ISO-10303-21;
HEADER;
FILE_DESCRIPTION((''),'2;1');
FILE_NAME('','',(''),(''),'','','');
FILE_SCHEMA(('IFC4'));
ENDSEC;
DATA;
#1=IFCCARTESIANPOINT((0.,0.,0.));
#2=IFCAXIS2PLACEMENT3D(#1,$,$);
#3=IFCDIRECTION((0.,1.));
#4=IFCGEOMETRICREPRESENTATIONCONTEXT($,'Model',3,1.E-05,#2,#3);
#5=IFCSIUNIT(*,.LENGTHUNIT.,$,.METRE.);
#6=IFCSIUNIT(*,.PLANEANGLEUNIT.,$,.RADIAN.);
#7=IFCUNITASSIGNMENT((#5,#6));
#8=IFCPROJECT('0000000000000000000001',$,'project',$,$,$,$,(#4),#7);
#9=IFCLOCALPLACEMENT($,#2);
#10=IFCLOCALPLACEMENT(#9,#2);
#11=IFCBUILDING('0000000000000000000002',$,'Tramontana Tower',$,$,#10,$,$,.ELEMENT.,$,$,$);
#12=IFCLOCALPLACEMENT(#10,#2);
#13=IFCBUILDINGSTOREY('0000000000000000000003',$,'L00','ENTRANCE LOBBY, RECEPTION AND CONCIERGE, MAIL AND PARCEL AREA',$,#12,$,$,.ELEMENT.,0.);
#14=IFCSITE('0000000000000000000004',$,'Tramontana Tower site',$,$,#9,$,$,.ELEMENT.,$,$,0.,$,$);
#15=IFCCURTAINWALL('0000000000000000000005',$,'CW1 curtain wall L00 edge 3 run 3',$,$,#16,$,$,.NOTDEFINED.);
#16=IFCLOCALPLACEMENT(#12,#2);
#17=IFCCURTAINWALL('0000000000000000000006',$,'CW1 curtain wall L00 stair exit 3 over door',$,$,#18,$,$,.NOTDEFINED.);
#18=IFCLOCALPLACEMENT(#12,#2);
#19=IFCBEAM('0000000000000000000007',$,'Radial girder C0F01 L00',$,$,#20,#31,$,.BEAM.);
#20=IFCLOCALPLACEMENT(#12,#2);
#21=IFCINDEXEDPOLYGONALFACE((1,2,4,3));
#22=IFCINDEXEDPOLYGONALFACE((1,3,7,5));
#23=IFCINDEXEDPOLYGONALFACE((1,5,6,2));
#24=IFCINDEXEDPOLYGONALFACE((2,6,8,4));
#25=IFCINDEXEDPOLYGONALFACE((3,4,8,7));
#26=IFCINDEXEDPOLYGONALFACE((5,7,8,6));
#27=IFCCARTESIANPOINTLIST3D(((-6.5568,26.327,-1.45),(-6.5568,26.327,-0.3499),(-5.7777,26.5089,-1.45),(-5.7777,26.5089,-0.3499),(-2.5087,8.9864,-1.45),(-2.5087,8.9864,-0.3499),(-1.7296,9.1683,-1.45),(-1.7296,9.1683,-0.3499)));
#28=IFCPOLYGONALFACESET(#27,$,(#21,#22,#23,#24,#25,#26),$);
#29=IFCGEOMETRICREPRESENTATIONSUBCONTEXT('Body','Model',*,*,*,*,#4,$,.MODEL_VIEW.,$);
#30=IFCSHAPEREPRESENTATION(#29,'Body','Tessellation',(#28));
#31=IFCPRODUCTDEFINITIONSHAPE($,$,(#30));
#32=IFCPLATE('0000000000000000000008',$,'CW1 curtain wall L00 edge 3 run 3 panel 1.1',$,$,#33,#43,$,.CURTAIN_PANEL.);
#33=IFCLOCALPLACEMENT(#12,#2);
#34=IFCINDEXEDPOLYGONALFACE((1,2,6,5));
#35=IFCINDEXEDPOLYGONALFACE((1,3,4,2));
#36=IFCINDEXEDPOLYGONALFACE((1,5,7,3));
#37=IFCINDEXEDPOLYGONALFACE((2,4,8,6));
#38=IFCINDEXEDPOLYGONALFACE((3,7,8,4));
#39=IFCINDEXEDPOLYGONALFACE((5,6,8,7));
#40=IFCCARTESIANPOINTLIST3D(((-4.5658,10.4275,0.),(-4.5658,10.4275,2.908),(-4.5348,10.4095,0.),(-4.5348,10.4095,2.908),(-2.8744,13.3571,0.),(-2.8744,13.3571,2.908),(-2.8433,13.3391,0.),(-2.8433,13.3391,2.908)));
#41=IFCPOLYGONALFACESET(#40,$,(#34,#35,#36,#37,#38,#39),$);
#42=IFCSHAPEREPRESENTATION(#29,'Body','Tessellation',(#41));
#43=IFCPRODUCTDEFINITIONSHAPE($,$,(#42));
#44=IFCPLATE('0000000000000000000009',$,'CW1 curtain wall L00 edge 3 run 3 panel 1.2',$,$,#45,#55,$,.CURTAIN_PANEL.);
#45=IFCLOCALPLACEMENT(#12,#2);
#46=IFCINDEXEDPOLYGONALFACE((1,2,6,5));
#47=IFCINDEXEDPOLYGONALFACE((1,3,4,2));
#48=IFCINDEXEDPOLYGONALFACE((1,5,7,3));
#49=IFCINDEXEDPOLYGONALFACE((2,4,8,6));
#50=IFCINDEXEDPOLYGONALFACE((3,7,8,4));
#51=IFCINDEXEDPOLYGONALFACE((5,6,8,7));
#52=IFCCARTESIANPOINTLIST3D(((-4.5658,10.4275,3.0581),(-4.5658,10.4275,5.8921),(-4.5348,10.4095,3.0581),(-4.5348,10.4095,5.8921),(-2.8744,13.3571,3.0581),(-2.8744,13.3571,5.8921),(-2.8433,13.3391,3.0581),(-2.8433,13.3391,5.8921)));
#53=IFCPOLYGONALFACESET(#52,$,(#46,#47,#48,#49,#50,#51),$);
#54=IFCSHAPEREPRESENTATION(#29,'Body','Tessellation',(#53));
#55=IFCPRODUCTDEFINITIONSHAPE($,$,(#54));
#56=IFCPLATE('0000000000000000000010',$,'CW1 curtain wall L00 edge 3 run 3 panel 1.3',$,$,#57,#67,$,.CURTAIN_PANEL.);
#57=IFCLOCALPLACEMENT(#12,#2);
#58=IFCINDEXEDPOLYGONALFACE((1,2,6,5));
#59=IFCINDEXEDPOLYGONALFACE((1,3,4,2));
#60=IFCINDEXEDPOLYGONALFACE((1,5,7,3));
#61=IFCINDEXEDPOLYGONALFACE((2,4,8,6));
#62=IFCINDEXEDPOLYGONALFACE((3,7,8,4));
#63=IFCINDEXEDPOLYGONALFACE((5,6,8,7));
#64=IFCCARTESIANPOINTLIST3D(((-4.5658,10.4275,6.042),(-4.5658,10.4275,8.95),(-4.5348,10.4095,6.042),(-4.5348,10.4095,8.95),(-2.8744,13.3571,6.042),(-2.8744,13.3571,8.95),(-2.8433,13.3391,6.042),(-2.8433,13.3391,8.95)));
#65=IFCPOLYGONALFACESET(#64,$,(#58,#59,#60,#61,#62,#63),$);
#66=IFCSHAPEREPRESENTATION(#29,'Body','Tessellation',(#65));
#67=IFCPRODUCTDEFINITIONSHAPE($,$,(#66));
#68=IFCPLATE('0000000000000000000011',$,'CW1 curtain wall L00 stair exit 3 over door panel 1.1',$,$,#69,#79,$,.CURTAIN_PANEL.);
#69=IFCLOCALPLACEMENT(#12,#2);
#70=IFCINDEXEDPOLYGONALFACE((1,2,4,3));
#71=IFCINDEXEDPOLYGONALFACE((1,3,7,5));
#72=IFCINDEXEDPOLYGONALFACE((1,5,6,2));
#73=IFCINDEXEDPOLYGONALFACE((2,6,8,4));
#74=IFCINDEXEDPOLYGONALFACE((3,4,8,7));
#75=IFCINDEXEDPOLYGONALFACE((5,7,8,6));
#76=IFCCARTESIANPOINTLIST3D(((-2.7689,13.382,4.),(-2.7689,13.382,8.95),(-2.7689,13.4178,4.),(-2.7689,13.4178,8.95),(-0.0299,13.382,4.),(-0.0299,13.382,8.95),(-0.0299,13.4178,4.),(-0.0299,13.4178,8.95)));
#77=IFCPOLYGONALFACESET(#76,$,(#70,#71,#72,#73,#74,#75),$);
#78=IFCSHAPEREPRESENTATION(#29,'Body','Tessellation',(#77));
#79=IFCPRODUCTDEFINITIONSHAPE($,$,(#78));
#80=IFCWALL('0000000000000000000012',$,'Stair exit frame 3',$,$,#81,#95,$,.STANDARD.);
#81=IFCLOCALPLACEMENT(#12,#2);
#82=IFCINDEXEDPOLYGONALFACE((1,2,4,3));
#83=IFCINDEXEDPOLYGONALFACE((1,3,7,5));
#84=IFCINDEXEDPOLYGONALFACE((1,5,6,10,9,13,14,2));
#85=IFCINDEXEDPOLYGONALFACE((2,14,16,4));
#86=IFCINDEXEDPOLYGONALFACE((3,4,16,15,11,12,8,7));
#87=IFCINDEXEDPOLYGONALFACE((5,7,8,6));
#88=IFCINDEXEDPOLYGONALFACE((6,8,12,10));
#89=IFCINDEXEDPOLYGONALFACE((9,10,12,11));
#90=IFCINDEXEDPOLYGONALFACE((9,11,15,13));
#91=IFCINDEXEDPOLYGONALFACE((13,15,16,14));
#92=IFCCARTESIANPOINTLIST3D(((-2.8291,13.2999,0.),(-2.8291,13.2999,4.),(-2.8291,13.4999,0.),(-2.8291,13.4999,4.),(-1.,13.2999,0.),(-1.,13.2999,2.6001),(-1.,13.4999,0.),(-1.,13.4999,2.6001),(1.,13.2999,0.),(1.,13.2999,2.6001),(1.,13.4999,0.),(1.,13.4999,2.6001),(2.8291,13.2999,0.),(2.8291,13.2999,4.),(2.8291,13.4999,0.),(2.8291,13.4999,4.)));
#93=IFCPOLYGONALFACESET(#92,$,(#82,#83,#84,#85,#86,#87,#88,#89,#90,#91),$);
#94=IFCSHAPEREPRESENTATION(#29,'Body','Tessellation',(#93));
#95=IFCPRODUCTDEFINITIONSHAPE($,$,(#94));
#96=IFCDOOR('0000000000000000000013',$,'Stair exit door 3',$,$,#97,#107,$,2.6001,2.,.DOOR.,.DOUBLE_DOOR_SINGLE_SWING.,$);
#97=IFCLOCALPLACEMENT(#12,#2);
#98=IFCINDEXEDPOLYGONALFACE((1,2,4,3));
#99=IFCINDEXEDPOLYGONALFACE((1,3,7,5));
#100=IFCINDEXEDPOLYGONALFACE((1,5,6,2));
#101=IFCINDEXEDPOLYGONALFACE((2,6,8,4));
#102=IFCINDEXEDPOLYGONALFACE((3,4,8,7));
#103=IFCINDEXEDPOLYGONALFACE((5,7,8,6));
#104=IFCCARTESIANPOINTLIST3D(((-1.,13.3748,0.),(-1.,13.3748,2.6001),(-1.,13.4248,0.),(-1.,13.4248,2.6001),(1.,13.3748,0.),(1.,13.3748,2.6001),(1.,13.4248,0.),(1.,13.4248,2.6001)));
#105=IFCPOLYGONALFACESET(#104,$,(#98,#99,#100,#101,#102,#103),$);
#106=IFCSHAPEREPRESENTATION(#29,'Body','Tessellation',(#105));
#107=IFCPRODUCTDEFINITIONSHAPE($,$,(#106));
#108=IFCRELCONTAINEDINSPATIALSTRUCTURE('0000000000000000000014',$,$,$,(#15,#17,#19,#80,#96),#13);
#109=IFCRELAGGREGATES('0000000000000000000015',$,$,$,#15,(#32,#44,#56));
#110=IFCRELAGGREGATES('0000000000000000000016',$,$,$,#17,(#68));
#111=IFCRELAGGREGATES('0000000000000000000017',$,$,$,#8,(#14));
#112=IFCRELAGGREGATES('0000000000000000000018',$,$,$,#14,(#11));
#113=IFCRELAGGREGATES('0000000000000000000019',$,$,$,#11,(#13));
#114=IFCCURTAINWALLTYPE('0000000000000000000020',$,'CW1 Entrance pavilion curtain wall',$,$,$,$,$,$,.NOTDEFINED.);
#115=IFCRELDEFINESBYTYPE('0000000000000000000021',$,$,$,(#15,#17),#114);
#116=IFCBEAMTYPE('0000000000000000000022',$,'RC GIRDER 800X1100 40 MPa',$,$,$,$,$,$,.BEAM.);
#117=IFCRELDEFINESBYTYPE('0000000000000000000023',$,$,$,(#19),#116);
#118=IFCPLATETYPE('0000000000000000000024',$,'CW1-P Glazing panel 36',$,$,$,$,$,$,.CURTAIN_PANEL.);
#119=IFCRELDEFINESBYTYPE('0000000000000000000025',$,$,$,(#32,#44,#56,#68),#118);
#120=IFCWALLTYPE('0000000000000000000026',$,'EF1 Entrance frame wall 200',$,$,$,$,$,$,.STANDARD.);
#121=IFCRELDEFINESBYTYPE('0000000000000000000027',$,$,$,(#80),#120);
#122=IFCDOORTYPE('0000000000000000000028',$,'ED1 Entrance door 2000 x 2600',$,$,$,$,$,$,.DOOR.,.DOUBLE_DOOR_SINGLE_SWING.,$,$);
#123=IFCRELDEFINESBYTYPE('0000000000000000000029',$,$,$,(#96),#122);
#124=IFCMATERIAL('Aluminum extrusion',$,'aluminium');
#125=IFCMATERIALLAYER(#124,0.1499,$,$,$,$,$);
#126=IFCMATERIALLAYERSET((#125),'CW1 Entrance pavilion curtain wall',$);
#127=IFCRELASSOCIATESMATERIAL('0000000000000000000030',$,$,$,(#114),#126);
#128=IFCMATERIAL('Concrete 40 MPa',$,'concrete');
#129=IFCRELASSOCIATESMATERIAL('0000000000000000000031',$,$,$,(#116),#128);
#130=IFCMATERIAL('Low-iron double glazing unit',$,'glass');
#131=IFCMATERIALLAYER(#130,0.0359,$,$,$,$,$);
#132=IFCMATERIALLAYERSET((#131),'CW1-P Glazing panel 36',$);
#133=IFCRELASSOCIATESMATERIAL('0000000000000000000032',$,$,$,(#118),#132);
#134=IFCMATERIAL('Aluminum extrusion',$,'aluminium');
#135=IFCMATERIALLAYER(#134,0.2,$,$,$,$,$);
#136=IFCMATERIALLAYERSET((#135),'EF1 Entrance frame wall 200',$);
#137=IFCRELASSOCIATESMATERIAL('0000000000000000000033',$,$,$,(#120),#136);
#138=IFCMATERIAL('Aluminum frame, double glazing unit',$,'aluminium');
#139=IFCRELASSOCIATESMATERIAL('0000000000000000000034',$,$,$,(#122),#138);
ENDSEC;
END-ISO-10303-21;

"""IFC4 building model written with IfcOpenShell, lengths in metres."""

from ifc_helpers import new_model, si_unit, direction, frame, frame_2d, origin, origin_2d, place, context, subcontext, project, spatial, rectangle, extrude, material, layer, layer_set, material_profile, profile_set, type_object, element, fill, aggregate, save


model = new_model("IFC4")

# Units and contexts
model_context = context("Model", 3, precision=1e-05, world=origin(), true_north=direction((0.0, 1.0)))
body_context = subcontext(model_context, "Body", "Model", "MODEL_VIEW")
ifc_project = project(units=[si_unit("LENGTHUNIT", "METRE"), si_unit("PLANEANGLEUNIT", "RADIAN")], contexts=[model_context])

# Site, building, storey
site_placement = place(None, origin())
site = spatial("IfcSite", under=ifc_project, at=site_placement, Name="Tramontana Tower site", CompositionType="ELEMENT", RefElevation=0.0)
building_placement = place(site_placement, origin())
building = spatial("IfcBuilding", under=site, at=building_placement, Name="Tramontana Tower", CompositionType="ELEMENT")
storey_placement = place(building_placement, origin())
storey = spatial("IfcBuildingStorey", under=building, at=storey_placement, Name="L00", Description="ENTRANCE LOBBY, RECEPTION AND CONCIERGE, MAIL AND PARCEL AREA", CompositionType="ELEMENT", Elevation=0.0)

# Curtain wall
ifc_material_1 = material(Name="Aluminum extrusion", Category="aluminium")
ifc_layer_1 = layer(ifc_material_1, 0.1499)
ifc_layer_set_1 = layer_set([ifc_layer_1], Name="CW1 Entrance pavilion curtain wall")
curtain_wall_type = type_object("IfcCurtainWallType", Name="CW1 Entrance pavilion curtain wall", PredefinedType="NOTDEFINED", material=ifc_layer_set_1)
curtain_wall_1_placement = place(storey_placement, origin())
curtain_wall_1 = element("IfcCurtainWall", 1, at=curtain_wall_1_placement, inside=storey, type_object=curtain_wall_type, Name="CW1 curtain wall L00 edge 3 run 3", PredefinedType="NOTDEFINED")

# Curtain wall
curtain_wall_2_placement = place(storey_placement, origin())
curtain_wall_2 = element("IfcCurtainWall", 2, at=curtain_wall_2_placement, inside=storey, type_object=curtain_wall_type, Name="CW1 curtain wall L00 stair exit 3 over door", PredefinedType="NOTDEFINED")

# Beam
ifc_material_2 = material(Name="Concrete 40 MPa", Category="concrete")
ifc_material_profile_1 = material_profile(ifc_material_2, rectangle(XDim=0.8, YDim=1.1001, at=origin_2d()), Name="RC GIRDER 800X1100 40 MPa")
ifc_profile_set_1 = profile_set([ifc_material_profile_1], Name="Concrete 40 MPa")
beam_type_1 = type_object("IfcBeamType", Name="RC GIRDER 800X1100 40 MPa", PredefinedType="BEAM", material=ifc_profile_set_1)
beam_1_placement = place(storey_placement, frame((-6.1672, 26.418, -0.8999), z_axis=(0.227334, -0.973817, 0.0), x_axis=(0.973817, 0.227334, 0.0)))
element("IfcBeam", 3, at=beam_1_placement, inside=storey, type_object=beam_type_1, Name="Radial girder C0F01 L00", PredefinedType="BEAM", context=body_context, shape_type="SweptSolid", body=[
    extrude(rectangle(XDim=0.8, YDim=1.1001, at=origin_2d()), origin(), (0.0, 0.0, 1.0), 17.8069),
])

# Plates
ifc_material_3 = material(Name="Low-iron double glazing unit", Category="glass")
ifc_layer_2 = layer(ifc_material_3, 0.0359)
ifc_layer_set_2 = layer_set([ifc_layer_2], Name="CW1-P Glazing panel 36")
plate_type = type_object("IfcPlateType", Name="CW1-P Glazing panel 36", PredefinedType="CURTAIN_PANEL", material=ifc_layer_set_2)
plate_1_placement = place(storey_placement, frame((-3.7046, 11.8833, 0.0), z_axis=(0.0, 0.0, 1.0), x_axis=(0.5, 0.866025, 0.0)))
plate_1 = element("IfcPlate", 4, at=plate_1_placement, type_object=plate_type, Name="CW1 curtain wall L00 edge 3 run 3 panel 1.1", PredefinedType="CURTAIN_PANEL", context=body_context, shape_type="SweptSolid", body=[
    extrude(rectangle(XDim=3.3828, YDim=0.0359, at=origin_2d()), origin(), (0.0, 0.0, 1.0), 2.908),
])
plate_2_placement = place(storey_placement, frame((-3.7046, 11.8833, 3.0581), z_axis=(0.0, 0.0, 1.0), x_axis=(0.5, 0.866025, 0.0)))
plate_2 = element("IfcPlate", 5, at=plate_2_placement, type_object=plate_type, Name="CW1 curtain wall L00 edge 3 run 3 panel 1.2", PredefinedType="CURTAIN_PANEL", context=body_context, shape_type="SweptSolid", body=[
    extrude(rectangle(XDim=3.3828, YDim=0.0359, at=origin_2d()), origin(), (0.0, 0.0, 1.0), 2.834),
])
plate_3_placement = place(storey_placement, frame((-3.7046, 11.8833, 6.042), z_axis=(0.0, 0.0, 1.0), x_axis=(0.5, 0.866025, 0.0)))
plate_3 = element("IfcPlate", 6, at=plate_3_placement, type_object=plate_type, Name="CW1 curtain wall L00 edge 3 run 3 panel 1.3", PredefinedType="CURTAIN_PANEL", context=body_context, shape_type="SweptSolid", body=[
    extrude(rectangle(XDim=3.3828, YDim=0.0359, at=origin_2d()), origin(), (0.0, 0.0, 1.0), 2.908),
])
aggregate(curtain_wall_1, [plate_1, plate_2, plate_3])
plate_4_placement = place(storey_placement, frame((-1.3994, 13.3999, 4.0), z_axis=(0.0, 0.0, 1.0), x_axis=(1.0, 0.0, 0.0)))
plate_4 = element("IfcPlate", 7, at=plate_4_placement, type_object=plate_type, Name="CW1 curtain wall L00 stair exit 3 over door panel 1.1", PredefinedType="CURTAIN_PANEL", context=body_context, shape_type="SweptSolid", body=[
    extrude(rectangle(XDim=2.739, YDim=0.0359, at=origin_2d()), origin(), (0.0, 0.0, 1.0), 4.95),
])
aggregate(curtain_wall_2, [plate_4])

# Wall, opening, door
ifc_material_4 = material(Name="Aluminum extrusion", Category="aluminium")
ifc_layer_3 = layer(ifc_material_4, 0.2)
ifc_layer_set_3 = layer_set([ifc_layer_3], Name="EF1 Entrance frame wall 200")
wall_type_1 = type_object("IfcWallType", Name="EF1 Entrance frame wall 200", PredefinedType="STANDARD", material=ifc_layer_set_3)
wall_1_placement = place(storey_placement, frame((-2.8291, 13.3999, 0.0), z_axis=(0.0, 0.0, 1.0), x_axis=(1.0, 0.0, 0.0)))
wall_1 = element("IfcWall", 8, at=wall_1_placement, inside=storey, type_object=wall_type_1, Name="Stair exit frame 3", PredefinedType="STANDARD", context=body_context, shape_type="SweptSolid", body=[
    extrude(rectangle(XDim=5.6582, YDim=0.2, at=frame_2d((2.8291, 0.0))), origin(), (0.0, 0.0, 1.0), 4.0),
])
opening_1_placement = place(wall_1_placement, frame((1.8291, 0.0, 0.0)))
opening_1 = element("IfcOpeningElement", 9, at=opening_1_placement, cuts=wall_1, PredefinedType="OPENING", context=body_context, shape_type="SweptSolid", body=[
    extrude(rectangle(XDim=2.0, YDim=2.6001, at=frame_2d((1.0, 1.3))), frame((0.0, 0.1099, 0.0), z_axis=(0.0, -1.0, 0.0), x_axis=(1.0, 0.0, 0.0)), (0.0, 0.0, 1.0), 0.22),
])
ifc_material_5 = material(Name="Aluminum frame, double glazing unit", Category="aluminium")
door_type_1 = type_object("IfcDoorType", Name="ED1 Entrance door 2000 x 2600", OperationType="DOUBLE_DOOR_SINGLE_SWING", PredefinedType="DOOR", material=ifc_material_5)
door_1_placement = place(opening_1_placement, origin())
door_1 = element("IfcDoor", 10, at=door_1_placement, inside=storey, type_object=door_type_1, Name="Stair exit door 3", OperationType="DOUBLE_DOOR_SINGLE_SWING", OverallHeight=2.6001, OverallWidth=2.0, PredefinedType="DOOR", context=body_context, shape_type="SweptSolid", body=[
    extrude(rectangle(XDim=2.0, YDim=2.6001, at=frame_2d((1.0, 1.3))), frame((0.0, 0.0249, 0.0), z_axis=(0.0, -1.0, 0.0), x_axis=(1.0, 0.0, 0.0)), (0.0, 0.0, 1.0), 0.05),
])
fill(opening_1, door_1)

save(model, "model.ifc")
